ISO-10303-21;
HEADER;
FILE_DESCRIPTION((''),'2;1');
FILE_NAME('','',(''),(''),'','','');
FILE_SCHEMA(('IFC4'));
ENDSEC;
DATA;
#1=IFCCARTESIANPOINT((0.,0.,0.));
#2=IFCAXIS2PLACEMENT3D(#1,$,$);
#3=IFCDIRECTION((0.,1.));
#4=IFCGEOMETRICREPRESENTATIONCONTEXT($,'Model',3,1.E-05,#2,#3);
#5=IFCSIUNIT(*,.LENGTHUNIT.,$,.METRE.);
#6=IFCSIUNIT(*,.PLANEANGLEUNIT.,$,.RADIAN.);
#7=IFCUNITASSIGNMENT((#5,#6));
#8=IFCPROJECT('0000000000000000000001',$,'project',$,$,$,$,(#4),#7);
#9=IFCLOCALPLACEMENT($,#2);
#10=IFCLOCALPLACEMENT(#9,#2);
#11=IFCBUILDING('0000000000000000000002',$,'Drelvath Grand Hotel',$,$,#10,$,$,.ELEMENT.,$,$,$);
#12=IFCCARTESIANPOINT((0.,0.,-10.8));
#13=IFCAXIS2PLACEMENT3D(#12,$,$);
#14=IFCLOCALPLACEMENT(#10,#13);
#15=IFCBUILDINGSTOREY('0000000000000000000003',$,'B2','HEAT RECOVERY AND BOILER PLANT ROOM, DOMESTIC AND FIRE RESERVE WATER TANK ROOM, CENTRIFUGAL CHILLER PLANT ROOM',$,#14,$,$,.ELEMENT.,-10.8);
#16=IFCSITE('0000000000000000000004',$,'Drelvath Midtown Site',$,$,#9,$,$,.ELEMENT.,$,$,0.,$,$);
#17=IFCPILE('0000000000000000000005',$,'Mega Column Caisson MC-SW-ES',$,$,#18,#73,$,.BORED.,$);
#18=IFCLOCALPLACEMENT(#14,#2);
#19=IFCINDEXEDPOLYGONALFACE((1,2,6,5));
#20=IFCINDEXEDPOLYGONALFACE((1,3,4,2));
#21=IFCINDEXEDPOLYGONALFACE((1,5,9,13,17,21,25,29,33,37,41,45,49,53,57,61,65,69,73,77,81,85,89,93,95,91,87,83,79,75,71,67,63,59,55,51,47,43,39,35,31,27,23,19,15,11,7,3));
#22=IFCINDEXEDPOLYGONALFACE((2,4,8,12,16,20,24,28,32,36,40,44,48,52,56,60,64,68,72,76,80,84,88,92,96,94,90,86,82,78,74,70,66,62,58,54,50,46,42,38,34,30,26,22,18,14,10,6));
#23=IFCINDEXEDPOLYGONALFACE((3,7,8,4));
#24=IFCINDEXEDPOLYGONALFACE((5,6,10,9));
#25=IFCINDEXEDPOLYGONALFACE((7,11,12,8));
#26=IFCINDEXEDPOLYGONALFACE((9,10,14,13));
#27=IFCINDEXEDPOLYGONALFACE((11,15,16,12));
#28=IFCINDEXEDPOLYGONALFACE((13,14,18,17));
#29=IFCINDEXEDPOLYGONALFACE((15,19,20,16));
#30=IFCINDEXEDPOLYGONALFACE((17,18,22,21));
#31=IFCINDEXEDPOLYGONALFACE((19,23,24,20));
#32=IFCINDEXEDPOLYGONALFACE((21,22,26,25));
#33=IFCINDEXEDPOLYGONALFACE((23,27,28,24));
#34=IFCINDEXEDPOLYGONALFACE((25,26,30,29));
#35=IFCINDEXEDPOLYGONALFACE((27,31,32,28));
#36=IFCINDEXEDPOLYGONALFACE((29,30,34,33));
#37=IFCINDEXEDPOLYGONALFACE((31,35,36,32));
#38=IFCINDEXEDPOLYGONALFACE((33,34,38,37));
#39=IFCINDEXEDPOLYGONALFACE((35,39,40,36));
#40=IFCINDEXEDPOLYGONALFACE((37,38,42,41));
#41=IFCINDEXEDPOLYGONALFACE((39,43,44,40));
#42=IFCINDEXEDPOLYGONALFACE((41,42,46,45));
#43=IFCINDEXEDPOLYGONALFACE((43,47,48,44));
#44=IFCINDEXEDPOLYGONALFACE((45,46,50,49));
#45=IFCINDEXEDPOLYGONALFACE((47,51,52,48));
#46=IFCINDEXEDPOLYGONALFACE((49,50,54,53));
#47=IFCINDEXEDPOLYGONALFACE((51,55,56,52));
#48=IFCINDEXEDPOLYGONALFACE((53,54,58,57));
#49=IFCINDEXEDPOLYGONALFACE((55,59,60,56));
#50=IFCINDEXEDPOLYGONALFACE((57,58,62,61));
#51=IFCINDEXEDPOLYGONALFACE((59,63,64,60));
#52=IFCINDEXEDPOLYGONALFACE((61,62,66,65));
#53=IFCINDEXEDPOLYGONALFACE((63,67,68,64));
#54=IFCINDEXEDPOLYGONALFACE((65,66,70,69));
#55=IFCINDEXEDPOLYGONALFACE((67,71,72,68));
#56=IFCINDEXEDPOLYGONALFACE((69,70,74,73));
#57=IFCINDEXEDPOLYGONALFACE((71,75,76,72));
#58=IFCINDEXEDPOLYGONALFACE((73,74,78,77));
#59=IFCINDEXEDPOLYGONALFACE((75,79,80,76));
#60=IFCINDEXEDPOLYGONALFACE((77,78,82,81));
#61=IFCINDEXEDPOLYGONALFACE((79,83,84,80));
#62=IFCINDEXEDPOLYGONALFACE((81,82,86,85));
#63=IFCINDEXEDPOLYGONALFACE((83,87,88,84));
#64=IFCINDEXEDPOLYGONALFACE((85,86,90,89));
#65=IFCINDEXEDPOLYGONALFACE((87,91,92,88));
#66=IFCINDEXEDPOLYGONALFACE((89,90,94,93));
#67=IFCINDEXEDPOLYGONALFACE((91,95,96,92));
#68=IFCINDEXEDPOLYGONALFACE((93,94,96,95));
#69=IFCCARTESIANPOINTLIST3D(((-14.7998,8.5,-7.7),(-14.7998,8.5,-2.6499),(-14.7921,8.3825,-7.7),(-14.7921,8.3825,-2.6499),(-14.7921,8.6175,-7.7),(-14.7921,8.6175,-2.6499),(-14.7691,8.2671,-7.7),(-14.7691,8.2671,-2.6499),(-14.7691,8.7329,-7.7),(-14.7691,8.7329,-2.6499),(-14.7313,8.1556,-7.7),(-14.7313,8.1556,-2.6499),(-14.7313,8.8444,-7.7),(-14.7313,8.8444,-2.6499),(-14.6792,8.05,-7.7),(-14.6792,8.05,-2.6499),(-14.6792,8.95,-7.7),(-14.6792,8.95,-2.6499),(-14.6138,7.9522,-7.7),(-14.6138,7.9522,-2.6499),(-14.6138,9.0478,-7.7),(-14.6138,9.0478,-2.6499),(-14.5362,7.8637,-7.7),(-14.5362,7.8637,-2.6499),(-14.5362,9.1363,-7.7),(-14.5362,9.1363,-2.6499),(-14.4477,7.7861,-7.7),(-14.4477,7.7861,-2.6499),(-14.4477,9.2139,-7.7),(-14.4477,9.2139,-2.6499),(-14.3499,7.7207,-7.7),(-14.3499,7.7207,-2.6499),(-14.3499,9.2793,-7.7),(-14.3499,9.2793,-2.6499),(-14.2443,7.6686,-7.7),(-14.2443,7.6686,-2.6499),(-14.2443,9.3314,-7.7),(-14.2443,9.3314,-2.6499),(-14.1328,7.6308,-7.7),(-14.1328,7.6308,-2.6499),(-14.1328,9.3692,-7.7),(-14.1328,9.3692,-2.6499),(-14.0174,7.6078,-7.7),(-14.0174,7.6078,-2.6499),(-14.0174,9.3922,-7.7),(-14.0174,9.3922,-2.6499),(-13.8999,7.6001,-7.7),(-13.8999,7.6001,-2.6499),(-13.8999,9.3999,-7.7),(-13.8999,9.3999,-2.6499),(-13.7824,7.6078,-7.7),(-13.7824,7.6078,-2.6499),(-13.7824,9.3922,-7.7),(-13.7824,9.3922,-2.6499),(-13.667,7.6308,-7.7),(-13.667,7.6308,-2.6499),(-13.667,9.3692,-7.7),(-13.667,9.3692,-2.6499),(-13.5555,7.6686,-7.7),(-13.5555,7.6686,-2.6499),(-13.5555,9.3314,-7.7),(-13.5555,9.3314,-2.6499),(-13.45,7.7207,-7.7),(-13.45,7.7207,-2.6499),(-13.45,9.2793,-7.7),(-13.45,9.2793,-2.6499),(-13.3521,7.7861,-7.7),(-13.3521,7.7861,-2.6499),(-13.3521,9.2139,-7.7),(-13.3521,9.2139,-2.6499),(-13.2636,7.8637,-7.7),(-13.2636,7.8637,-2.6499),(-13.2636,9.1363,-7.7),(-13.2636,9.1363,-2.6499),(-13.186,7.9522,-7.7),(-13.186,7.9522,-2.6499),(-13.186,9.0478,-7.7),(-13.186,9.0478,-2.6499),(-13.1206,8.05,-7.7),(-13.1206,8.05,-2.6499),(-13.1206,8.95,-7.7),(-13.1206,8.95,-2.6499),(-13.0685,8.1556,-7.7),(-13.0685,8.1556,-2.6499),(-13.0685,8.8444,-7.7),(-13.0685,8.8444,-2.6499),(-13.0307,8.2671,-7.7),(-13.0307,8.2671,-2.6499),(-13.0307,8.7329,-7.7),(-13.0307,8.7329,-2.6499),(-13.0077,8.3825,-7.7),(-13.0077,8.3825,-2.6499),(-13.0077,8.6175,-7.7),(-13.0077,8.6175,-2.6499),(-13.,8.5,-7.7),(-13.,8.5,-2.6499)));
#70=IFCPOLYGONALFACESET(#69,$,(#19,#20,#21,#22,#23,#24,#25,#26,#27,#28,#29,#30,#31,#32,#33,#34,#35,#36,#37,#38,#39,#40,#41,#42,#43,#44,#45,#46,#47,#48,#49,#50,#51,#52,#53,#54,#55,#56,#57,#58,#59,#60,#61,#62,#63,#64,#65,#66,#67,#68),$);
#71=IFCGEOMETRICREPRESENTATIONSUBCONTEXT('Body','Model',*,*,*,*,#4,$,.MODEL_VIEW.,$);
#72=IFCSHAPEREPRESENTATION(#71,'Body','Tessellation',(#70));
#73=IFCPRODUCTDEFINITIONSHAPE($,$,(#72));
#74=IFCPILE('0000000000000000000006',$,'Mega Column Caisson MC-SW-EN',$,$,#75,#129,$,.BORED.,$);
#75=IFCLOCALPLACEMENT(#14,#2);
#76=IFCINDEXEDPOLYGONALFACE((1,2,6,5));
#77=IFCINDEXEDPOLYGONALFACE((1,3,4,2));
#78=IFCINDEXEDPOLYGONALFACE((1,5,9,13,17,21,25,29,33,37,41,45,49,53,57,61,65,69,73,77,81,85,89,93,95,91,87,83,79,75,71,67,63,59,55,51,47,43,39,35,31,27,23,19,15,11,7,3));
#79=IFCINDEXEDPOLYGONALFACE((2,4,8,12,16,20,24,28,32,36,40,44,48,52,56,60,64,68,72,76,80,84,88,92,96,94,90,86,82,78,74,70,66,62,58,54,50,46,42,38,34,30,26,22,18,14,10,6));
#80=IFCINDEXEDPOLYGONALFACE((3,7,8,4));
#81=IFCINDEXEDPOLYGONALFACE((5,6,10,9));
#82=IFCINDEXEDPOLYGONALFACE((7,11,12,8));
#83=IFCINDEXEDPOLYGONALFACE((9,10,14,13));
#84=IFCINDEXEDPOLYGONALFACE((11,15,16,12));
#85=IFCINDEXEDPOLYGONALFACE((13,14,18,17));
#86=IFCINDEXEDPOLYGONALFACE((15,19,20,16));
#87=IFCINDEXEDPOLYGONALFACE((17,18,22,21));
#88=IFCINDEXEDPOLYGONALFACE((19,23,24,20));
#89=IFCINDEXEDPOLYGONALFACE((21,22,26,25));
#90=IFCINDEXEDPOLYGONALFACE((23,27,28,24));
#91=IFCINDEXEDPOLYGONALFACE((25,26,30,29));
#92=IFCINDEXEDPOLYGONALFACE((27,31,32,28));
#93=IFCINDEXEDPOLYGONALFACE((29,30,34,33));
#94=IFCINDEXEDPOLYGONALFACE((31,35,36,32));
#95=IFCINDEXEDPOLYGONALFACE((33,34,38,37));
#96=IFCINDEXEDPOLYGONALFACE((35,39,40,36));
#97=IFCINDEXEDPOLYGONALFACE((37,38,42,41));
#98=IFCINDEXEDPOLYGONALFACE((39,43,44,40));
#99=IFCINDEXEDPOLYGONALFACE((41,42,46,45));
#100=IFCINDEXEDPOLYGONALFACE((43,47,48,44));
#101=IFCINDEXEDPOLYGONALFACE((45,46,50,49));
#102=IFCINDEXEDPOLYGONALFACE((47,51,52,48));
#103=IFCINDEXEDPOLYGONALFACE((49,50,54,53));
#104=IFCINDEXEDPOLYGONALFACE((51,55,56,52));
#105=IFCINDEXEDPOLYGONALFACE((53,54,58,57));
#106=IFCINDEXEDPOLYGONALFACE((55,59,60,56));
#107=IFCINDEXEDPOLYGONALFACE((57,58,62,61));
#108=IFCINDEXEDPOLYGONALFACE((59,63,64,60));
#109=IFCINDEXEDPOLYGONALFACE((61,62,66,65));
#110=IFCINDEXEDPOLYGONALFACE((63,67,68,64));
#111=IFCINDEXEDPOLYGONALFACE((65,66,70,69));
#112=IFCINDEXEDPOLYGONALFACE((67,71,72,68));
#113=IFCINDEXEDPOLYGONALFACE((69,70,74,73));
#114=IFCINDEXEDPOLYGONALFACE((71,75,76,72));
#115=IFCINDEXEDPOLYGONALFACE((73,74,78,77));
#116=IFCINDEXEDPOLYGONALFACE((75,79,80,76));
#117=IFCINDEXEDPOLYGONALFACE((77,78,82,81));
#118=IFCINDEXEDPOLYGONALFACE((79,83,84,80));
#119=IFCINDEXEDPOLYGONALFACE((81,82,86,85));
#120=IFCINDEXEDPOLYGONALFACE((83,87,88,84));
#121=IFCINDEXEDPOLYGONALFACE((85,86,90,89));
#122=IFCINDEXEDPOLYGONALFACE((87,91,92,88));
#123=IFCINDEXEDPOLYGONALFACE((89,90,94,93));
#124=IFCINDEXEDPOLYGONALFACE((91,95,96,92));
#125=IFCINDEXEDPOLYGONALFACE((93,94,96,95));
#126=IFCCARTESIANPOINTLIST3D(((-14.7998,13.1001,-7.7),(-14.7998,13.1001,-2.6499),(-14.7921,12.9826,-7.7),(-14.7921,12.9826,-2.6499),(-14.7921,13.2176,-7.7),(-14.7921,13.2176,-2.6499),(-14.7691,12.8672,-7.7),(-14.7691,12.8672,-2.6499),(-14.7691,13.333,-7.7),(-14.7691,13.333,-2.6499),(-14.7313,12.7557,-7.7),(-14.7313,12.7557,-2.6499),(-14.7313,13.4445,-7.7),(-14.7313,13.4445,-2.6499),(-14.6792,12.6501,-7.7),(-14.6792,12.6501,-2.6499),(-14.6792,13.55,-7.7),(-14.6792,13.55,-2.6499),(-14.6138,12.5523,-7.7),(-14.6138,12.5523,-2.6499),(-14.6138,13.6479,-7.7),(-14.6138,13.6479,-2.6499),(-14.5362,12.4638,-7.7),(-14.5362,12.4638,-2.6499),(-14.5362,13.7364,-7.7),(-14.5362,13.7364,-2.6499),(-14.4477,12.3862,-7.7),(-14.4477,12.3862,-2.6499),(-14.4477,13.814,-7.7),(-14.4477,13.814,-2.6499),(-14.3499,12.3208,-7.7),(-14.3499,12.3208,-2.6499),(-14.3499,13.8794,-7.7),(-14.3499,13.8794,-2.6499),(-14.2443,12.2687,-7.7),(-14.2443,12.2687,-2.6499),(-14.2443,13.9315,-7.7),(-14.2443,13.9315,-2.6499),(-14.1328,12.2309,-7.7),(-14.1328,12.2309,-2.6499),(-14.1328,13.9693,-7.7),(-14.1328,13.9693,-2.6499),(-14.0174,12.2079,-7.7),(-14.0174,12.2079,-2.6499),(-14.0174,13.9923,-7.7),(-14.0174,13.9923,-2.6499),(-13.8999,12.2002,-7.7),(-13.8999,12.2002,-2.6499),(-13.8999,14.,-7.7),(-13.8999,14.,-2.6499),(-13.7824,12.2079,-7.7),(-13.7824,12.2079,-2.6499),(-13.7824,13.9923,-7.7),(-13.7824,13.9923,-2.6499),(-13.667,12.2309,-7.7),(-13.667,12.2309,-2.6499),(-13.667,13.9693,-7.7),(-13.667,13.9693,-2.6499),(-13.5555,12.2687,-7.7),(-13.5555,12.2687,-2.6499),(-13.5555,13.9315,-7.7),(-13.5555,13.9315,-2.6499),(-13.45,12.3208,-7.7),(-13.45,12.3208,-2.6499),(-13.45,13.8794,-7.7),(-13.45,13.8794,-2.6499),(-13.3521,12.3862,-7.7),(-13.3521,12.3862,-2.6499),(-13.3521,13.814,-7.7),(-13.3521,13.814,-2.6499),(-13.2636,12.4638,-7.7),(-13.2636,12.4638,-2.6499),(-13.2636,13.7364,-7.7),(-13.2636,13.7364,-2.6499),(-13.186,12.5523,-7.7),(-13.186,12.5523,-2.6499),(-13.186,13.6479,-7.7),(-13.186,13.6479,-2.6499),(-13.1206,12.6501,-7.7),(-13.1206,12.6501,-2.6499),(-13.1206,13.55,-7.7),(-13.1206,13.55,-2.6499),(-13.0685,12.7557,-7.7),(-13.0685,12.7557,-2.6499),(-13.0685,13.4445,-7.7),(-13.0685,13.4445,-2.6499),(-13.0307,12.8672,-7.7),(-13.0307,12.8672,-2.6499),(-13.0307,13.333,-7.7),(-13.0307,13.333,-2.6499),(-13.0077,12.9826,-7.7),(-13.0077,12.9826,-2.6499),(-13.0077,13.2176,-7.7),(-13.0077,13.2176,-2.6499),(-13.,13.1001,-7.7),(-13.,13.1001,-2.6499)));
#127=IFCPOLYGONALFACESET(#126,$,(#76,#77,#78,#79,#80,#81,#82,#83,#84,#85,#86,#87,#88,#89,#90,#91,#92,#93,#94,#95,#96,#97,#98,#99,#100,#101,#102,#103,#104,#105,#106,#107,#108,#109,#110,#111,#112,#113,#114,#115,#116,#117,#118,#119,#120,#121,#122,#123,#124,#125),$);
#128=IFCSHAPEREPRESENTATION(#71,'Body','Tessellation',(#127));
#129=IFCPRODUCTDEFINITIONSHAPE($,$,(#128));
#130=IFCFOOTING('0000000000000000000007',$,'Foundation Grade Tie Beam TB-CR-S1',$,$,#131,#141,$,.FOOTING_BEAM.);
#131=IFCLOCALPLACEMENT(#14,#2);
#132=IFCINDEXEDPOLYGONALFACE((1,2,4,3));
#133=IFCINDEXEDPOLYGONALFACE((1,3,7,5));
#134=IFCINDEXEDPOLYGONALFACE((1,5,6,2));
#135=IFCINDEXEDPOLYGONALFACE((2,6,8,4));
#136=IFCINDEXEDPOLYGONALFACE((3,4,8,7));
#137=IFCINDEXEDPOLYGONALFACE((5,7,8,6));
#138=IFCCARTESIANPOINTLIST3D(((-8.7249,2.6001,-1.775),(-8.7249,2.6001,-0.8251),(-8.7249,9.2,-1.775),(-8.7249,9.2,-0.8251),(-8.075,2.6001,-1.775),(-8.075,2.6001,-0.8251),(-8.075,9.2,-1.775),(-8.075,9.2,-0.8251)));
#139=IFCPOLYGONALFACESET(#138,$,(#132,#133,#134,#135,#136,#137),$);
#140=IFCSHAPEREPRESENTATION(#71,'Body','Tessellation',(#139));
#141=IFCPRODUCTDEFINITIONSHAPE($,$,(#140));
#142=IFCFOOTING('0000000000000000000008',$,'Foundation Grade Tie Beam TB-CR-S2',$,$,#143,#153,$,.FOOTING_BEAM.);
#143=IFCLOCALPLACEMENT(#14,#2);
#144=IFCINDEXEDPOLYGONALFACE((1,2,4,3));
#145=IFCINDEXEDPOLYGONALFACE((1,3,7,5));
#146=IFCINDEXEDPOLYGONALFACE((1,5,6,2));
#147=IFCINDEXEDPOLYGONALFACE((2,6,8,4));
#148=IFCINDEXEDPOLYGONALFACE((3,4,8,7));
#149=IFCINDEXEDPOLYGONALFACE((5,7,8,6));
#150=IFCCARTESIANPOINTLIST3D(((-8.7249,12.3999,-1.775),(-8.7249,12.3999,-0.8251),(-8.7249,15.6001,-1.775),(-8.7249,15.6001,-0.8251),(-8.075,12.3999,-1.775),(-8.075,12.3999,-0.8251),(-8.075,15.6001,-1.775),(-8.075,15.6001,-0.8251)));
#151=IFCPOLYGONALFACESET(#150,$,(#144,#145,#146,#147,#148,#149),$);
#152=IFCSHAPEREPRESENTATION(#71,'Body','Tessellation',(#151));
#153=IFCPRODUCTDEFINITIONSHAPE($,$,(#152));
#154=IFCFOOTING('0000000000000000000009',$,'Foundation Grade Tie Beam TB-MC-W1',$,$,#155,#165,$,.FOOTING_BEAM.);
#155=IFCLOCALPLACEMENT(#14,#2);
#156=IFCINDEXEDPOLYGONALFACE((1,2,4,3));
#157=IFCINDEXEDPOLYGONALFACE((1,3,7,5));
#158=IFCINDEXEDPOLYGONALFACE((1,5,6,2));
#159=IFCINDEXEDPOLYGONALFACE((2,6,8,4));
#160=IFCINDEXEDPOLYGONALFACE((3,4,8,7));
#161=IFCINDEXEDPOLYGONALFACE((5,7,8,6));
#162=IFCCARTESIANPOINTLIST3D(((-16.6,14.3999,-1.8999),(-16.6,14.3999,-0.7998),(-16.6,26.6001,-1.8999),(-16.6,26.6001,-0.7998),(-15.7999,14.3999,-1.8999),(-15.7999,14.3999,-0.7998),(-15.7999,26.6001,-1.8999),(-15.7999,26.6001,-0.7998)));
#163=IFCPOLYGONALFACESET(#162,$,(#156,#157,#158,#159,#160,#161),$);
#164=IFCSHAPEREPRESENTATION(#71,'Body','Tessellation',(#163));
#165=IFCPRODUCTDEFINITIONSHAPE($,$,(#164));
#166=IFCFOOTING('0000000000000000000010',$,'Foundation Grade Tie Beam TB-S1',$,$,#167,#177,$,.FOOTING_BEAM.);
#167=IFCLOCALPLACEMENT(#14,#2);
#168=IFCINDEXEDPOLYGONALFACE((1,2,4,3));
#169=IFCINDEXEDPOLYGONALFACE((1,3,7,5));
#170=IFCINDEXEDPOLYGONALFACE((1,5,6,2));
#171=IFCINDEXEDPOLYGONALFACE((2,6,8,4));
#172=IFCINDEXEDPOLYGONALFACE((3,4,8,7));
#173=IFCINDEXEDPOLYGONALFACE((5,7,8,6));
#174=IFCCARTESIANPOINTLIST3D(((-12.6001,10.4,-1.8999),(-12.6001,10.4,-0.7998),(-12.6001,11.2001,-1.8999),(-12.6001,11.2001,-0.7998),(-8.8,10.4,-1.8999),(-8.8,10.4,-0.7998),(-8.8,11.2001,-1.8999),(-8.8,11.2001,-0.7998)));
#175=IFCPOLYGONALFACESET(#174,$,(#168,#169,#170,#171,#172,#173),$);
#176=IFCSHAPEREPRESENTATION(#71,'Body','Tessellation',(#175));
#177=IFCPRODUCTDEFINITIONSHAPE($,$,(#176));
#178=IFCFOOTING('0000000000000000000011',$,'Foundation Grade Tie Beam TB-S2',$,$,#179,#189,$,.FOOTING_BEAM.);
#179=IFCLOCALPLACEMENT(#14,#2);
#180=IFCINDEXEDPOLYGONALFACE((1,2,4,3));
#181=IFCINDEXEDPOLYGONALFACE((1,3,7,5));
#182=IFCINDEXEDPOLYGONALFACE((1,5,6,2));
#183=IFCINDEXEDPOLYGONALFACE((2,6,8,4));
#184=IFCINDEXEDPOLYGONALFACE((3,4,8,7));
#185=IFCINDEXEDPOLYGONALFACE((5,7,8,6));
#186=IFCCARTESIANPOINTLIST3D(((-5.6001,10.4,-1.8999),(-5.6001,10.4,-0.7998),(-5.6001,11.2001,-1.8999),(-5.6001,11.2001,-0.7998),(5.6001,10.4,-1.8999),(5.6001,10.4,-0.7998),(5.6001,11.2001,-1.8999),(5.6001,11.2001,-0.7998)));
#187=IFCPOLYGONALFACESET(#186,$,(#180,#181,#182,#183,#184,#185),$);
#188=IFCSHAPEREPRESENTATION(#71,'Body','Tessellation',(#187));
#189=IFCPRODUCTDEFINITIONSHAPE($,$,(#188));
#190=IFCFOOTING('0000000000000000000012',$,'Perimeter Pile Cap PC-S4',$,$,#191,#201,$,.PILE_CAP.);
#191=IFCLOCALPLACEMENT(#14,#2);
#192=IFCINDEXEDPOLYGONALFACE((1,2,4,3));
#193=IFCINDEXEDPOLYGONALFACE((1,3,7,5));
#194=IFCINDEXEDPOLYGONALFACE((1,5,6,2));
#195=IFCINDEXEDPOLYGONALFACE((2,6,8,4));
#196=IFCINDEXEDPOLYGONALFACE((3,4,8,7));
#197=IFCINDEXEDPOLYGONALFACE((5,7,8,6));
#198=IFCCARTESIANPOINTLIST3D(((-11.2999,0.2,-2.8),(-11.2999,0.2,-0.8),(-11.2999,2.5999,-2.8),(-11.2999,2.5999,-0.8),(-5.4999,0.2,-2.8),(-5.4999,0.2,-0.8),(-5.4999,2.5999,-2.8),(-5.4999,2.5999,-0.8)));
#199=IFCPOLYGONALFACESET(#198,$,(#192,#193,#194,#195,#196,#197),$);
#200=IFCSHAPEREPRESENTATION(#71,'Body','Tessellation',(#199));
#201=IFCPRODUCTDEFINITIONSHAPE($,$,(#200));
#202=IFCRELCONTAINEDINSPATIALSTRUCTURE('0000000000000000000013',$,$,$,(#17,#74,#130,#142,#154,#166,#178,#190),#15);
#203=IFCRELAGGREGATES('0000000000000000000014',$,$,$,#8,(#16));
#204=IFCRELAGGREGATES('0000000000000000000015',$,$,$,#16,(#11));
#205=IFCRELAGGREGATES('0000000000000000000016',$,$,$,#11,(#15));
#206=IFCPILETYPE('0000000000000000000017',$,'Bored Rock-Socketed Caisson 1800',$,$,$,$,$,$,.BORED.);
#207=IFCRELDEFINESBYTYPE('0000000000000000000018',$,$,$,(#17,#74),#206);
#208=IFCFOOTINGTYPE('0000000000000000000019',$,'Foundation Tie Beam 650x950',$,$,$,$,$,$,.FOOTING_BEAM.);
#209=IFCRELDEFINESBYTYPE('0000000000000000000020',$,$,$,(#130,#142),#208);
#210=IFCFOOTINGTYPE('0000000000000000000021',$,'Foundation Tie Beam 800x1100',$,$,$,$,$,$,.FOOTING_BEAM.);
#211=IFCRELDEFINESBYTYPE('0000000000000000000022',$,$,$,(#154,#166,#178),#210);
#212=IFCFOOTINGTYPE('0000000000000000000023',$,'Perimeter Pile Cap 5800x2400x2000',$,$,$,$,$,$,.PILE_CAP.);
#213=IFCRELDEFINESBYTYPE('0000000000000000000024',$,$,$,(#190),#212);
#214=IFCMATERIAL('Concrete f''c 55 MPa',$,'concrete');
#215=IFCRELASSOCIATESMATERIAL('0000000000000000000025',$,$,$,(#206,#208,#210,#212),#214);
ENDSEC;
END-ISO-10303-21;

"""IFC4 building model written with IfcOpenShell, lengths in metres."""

from ifc_helpers import new_model, si_unit, direction, frame, origin, origin_2d, place, context, subcontext, project, spatial, rectangle, circle, extrude, material, material_profile, profile_set, type_object, element, save


model = new_model("IFC4")

# Units and contexts
model_context = context("Model", 3, precision=1e-05, world=origin(), true_north=direction((0.0, 1.0)))
body_context = subcontext(model_context, "Body", "Model", "MODEL_VIEW")
ifc_project = project(units=[si_unit("LENGTHUNIT", "METRE"), si_unit("PLANEANGLEUNIT", "RADIAN")], contexts=[model_context])

# Site, building, storey
site_placement = place(None, origin())
site = spatial("IfcSite", under=ifc_project, at=site_placement, Name="Drelvath Midtown Site", CompositionType="ELEMENT", RefElevation=0.0)
building_placement = place(site_placement, origin())
building = spatial("IfcBuilding", under=site, at=building_placement, Name="Drelvath Grand Hotel", CompositionType="ELEMENT")
storey_placement = place(building_placement, frame((0.0, 0.0, -10.8)))
storey = spatial("IfcBuildingStorey", under=building, at=storey_placement, Name="B2", Description="HEAT RECOVERY AND BOILER PLANT ROOM, DOMESTIC AND FIRE RESERVE WATER TANK ROOM, CENTRIFUGAL CHILLER PLANT ROOM", CompositionType="ELEMENT", Elevation=-10.8)

# Piles
ifc_material_1 = material(Name="Concrete f'c 55 MPa", Category="concrete")
ifc_material_profile_1 = material_profile(ifc_material_1, circle(Radius=0.8999, at=origin_2d()), Name="CAISSON1800")
ifc_profile_set_1 = profile_set([ifc_material_profile_1], Name="Concrete f'c 55 MPa")
pile_type_1 = type_object("IfcPileType", Name="Bored Rock-Socketed Caisson 1800", PredefinedType="BORED", material=ifc_profile_set_1)
for number, where, z_axis, x_axis, name in (
    (1, (-13.8999, 8.5, -2.6499), (0.0, 0.0, -1.0), (1.0, 0.0, 0.0), "Mega Column Caisson MC-SW-ES"),
    (2, (-13.8999, 13.1001, -2.6499), (0.0, 0.0, -1.0), (1.0, 0.0, 0.0), "Mega Column Caisson MC-SW-EN"),
):
    element("IfcPile", number, at=place(storey_placement, frame(where, z_axis=z_axis, x_axis=x_axis)), inside=storey, type_object=pile_type_1, Name=name, PredefinedType="BORED", context=body_context, shape_type="SweptSolid", body=[
        extrude(circle(Radius=0.8999, at=origin_2d()), origin(), (0.0, 0.0, 1.0), 5.05),
    ])

# Footings
ifc_material_profile_2 = material_profile(ifc_material_1, rectangle(XDim=0.6499, YDim=0.95, at=origin_2d()), Name="CB650X950")
ifc_profile_set_2 = profile_set([ifc_material_profile_2], Name="Concrete f'c 55 MPa")
footing_type_1 = type_object("IfcFootingType", Name="Foundation Tie Beam 650x950", PredefinedType="FOOTING_BEAM", material=ifc_profile_set_2)
footing_1_placement = place(storey_placement, frame((-8.3999, 2.6001, -1.3), z_axis=(0.0, 1.0, 0.0), x_axis=(-1.0, 0.0, 0.0)))
element("IfcFooting", 3, at=footing_1_placement, inside=storey, type_object=footing_type_1, Name="Foundation Grade Tie Beam TB-CR-S1", PredefinedType="FOOTING_BEAM", context=body_context, shape_type="SweptSolid", body=[
    extrude(rectangle(XDim=0.6499, YDim=0.95, at=origin_2d()), origin(), (0.0, 0.0, 1.0), 6.5999),
])
footing_2_placement = place(storey_placement, frame((-8.3999, 12.3999, -1.3), z_axis=(0.0, 1.0, 0.0), x_axis=(-1.0, 0.0, 0.0)))
element("IfcFooting", 4, at=footing_2_placement, inside=storey, type_object=footing_type_1, Name="Foundation Grade Tie Beam TB-CR-S2", PredefinedType="FOOTING_BEAM", context=body_context, shape_type="SweptSolid", body=[
    extrude(rectangle(XDim=0.6499, YDim=0.95, at=origin_2d()), origin(), (0.0, 0.0, 1.0), 3.2002),
])
ifc_material_profile_3 = material_profile(ifc_material_1, rectangle(XDim=0.8, YDim=1.1001, at=origin_2d()), Name="CB800X1100")
ifc_profile_set_3 = profile_set([ifc_material_profile_3], Name="Concrete f'c 55 MPa")
footing_type_2 = type_object("IfcFootingType", Name="Foundation Tie Beam 800x1100", PredefinedType="FOOTING_BEAM", material=ifc_profile_set_3)
footing_3_placement = place(storey_placement, frame((-16.2, 14.3999, -1.3499), z_axis=(0.0, 1.0, 0.0), x_axis=(-1.0, 0.0, 0.0)))
element("IfcFooting", 5, at=footing_3_placement, inside=storey, type_object=footing_type_2, Name="Foundation Grade Tie Beam TB-MC-W1", PredefinedType="FOOTING_BEAM", context=body_context, shape_type="SweptSolid", body=[
    extrude(rectangle(XDim=0.8, YDim=1.1001, at=origin_2d()), origin(), (0.0, 0.0, 1.0), 12.2002),
])
footing_4_placement = place(storey_placement, frame((-12.6001, 10.8, -1.3499), z_axis=(1.0, 0.0, 0.0), x_axis=(0.0, 1.0, 0.0)))
element("IfcFooting", 6, at=footing_4_placement, inside=storey, type_object=footing_type_2, Name="Foundation Grade Tie Beam TB-S1", PredefinedType="FOOTING_BEAM", context=body_context, shape_type="SweptSolid", body=[
    extrude(rectangle(XDim=0.8, YDim=1.1001, at=origin_2d()), origin(), (0.0, 0.0, 1.0), 3.8),
])
footing_5_placement = place(storey_placement, frame((-5.6001, 10.8, -1.3499), z_axis=(1.0, 0.0, 0.0), x_axis=(0.0, 1.0, 0.0)))
element("IfcFooting", 7, at=footing_5_placement, inside=storey, type_object=footing_type_2, Name="Foundation Grade Tie Beam TB-S2", PredefinedType="FOOTING_BEAM", context=body_context, shape_type="SweptSolid", body=[
    extrude(rectangle(XDim=0.8, YDim=1.1001, at=origin_2d()), origin(), (0.0, 0.0, 1.0), 11.2002),
])
footing_type_3 = type_object("IfcFootingType", Name="Perimeter Pile Cap 5800x2400x2000", PredefinedType="PILE_CAP", material=ifc_material_1)
footing_6_placement = place(storey_placement, frame((-8.3999, 1.3999, -2.8), z_axis=(0.0, 0.0, 1.0), x_axis=(1.0, 0.0, 0.0)))
element("IfcFooting", 8, at=footing_6_placement, inside=storey, type_object=footing_type_3, Name="Perimeter Pile Cap PC-S4", PredefinedType="PILE_CAP", context=body_context, shape_type="SweptSolid", body=[
    extrude(rectangle(XDim=5.8, YDim=2.3999, at=origin_2d()), origin(), (0.0, 0.0, 1.0), 2.0),
])

save(model, "model.ifc")
